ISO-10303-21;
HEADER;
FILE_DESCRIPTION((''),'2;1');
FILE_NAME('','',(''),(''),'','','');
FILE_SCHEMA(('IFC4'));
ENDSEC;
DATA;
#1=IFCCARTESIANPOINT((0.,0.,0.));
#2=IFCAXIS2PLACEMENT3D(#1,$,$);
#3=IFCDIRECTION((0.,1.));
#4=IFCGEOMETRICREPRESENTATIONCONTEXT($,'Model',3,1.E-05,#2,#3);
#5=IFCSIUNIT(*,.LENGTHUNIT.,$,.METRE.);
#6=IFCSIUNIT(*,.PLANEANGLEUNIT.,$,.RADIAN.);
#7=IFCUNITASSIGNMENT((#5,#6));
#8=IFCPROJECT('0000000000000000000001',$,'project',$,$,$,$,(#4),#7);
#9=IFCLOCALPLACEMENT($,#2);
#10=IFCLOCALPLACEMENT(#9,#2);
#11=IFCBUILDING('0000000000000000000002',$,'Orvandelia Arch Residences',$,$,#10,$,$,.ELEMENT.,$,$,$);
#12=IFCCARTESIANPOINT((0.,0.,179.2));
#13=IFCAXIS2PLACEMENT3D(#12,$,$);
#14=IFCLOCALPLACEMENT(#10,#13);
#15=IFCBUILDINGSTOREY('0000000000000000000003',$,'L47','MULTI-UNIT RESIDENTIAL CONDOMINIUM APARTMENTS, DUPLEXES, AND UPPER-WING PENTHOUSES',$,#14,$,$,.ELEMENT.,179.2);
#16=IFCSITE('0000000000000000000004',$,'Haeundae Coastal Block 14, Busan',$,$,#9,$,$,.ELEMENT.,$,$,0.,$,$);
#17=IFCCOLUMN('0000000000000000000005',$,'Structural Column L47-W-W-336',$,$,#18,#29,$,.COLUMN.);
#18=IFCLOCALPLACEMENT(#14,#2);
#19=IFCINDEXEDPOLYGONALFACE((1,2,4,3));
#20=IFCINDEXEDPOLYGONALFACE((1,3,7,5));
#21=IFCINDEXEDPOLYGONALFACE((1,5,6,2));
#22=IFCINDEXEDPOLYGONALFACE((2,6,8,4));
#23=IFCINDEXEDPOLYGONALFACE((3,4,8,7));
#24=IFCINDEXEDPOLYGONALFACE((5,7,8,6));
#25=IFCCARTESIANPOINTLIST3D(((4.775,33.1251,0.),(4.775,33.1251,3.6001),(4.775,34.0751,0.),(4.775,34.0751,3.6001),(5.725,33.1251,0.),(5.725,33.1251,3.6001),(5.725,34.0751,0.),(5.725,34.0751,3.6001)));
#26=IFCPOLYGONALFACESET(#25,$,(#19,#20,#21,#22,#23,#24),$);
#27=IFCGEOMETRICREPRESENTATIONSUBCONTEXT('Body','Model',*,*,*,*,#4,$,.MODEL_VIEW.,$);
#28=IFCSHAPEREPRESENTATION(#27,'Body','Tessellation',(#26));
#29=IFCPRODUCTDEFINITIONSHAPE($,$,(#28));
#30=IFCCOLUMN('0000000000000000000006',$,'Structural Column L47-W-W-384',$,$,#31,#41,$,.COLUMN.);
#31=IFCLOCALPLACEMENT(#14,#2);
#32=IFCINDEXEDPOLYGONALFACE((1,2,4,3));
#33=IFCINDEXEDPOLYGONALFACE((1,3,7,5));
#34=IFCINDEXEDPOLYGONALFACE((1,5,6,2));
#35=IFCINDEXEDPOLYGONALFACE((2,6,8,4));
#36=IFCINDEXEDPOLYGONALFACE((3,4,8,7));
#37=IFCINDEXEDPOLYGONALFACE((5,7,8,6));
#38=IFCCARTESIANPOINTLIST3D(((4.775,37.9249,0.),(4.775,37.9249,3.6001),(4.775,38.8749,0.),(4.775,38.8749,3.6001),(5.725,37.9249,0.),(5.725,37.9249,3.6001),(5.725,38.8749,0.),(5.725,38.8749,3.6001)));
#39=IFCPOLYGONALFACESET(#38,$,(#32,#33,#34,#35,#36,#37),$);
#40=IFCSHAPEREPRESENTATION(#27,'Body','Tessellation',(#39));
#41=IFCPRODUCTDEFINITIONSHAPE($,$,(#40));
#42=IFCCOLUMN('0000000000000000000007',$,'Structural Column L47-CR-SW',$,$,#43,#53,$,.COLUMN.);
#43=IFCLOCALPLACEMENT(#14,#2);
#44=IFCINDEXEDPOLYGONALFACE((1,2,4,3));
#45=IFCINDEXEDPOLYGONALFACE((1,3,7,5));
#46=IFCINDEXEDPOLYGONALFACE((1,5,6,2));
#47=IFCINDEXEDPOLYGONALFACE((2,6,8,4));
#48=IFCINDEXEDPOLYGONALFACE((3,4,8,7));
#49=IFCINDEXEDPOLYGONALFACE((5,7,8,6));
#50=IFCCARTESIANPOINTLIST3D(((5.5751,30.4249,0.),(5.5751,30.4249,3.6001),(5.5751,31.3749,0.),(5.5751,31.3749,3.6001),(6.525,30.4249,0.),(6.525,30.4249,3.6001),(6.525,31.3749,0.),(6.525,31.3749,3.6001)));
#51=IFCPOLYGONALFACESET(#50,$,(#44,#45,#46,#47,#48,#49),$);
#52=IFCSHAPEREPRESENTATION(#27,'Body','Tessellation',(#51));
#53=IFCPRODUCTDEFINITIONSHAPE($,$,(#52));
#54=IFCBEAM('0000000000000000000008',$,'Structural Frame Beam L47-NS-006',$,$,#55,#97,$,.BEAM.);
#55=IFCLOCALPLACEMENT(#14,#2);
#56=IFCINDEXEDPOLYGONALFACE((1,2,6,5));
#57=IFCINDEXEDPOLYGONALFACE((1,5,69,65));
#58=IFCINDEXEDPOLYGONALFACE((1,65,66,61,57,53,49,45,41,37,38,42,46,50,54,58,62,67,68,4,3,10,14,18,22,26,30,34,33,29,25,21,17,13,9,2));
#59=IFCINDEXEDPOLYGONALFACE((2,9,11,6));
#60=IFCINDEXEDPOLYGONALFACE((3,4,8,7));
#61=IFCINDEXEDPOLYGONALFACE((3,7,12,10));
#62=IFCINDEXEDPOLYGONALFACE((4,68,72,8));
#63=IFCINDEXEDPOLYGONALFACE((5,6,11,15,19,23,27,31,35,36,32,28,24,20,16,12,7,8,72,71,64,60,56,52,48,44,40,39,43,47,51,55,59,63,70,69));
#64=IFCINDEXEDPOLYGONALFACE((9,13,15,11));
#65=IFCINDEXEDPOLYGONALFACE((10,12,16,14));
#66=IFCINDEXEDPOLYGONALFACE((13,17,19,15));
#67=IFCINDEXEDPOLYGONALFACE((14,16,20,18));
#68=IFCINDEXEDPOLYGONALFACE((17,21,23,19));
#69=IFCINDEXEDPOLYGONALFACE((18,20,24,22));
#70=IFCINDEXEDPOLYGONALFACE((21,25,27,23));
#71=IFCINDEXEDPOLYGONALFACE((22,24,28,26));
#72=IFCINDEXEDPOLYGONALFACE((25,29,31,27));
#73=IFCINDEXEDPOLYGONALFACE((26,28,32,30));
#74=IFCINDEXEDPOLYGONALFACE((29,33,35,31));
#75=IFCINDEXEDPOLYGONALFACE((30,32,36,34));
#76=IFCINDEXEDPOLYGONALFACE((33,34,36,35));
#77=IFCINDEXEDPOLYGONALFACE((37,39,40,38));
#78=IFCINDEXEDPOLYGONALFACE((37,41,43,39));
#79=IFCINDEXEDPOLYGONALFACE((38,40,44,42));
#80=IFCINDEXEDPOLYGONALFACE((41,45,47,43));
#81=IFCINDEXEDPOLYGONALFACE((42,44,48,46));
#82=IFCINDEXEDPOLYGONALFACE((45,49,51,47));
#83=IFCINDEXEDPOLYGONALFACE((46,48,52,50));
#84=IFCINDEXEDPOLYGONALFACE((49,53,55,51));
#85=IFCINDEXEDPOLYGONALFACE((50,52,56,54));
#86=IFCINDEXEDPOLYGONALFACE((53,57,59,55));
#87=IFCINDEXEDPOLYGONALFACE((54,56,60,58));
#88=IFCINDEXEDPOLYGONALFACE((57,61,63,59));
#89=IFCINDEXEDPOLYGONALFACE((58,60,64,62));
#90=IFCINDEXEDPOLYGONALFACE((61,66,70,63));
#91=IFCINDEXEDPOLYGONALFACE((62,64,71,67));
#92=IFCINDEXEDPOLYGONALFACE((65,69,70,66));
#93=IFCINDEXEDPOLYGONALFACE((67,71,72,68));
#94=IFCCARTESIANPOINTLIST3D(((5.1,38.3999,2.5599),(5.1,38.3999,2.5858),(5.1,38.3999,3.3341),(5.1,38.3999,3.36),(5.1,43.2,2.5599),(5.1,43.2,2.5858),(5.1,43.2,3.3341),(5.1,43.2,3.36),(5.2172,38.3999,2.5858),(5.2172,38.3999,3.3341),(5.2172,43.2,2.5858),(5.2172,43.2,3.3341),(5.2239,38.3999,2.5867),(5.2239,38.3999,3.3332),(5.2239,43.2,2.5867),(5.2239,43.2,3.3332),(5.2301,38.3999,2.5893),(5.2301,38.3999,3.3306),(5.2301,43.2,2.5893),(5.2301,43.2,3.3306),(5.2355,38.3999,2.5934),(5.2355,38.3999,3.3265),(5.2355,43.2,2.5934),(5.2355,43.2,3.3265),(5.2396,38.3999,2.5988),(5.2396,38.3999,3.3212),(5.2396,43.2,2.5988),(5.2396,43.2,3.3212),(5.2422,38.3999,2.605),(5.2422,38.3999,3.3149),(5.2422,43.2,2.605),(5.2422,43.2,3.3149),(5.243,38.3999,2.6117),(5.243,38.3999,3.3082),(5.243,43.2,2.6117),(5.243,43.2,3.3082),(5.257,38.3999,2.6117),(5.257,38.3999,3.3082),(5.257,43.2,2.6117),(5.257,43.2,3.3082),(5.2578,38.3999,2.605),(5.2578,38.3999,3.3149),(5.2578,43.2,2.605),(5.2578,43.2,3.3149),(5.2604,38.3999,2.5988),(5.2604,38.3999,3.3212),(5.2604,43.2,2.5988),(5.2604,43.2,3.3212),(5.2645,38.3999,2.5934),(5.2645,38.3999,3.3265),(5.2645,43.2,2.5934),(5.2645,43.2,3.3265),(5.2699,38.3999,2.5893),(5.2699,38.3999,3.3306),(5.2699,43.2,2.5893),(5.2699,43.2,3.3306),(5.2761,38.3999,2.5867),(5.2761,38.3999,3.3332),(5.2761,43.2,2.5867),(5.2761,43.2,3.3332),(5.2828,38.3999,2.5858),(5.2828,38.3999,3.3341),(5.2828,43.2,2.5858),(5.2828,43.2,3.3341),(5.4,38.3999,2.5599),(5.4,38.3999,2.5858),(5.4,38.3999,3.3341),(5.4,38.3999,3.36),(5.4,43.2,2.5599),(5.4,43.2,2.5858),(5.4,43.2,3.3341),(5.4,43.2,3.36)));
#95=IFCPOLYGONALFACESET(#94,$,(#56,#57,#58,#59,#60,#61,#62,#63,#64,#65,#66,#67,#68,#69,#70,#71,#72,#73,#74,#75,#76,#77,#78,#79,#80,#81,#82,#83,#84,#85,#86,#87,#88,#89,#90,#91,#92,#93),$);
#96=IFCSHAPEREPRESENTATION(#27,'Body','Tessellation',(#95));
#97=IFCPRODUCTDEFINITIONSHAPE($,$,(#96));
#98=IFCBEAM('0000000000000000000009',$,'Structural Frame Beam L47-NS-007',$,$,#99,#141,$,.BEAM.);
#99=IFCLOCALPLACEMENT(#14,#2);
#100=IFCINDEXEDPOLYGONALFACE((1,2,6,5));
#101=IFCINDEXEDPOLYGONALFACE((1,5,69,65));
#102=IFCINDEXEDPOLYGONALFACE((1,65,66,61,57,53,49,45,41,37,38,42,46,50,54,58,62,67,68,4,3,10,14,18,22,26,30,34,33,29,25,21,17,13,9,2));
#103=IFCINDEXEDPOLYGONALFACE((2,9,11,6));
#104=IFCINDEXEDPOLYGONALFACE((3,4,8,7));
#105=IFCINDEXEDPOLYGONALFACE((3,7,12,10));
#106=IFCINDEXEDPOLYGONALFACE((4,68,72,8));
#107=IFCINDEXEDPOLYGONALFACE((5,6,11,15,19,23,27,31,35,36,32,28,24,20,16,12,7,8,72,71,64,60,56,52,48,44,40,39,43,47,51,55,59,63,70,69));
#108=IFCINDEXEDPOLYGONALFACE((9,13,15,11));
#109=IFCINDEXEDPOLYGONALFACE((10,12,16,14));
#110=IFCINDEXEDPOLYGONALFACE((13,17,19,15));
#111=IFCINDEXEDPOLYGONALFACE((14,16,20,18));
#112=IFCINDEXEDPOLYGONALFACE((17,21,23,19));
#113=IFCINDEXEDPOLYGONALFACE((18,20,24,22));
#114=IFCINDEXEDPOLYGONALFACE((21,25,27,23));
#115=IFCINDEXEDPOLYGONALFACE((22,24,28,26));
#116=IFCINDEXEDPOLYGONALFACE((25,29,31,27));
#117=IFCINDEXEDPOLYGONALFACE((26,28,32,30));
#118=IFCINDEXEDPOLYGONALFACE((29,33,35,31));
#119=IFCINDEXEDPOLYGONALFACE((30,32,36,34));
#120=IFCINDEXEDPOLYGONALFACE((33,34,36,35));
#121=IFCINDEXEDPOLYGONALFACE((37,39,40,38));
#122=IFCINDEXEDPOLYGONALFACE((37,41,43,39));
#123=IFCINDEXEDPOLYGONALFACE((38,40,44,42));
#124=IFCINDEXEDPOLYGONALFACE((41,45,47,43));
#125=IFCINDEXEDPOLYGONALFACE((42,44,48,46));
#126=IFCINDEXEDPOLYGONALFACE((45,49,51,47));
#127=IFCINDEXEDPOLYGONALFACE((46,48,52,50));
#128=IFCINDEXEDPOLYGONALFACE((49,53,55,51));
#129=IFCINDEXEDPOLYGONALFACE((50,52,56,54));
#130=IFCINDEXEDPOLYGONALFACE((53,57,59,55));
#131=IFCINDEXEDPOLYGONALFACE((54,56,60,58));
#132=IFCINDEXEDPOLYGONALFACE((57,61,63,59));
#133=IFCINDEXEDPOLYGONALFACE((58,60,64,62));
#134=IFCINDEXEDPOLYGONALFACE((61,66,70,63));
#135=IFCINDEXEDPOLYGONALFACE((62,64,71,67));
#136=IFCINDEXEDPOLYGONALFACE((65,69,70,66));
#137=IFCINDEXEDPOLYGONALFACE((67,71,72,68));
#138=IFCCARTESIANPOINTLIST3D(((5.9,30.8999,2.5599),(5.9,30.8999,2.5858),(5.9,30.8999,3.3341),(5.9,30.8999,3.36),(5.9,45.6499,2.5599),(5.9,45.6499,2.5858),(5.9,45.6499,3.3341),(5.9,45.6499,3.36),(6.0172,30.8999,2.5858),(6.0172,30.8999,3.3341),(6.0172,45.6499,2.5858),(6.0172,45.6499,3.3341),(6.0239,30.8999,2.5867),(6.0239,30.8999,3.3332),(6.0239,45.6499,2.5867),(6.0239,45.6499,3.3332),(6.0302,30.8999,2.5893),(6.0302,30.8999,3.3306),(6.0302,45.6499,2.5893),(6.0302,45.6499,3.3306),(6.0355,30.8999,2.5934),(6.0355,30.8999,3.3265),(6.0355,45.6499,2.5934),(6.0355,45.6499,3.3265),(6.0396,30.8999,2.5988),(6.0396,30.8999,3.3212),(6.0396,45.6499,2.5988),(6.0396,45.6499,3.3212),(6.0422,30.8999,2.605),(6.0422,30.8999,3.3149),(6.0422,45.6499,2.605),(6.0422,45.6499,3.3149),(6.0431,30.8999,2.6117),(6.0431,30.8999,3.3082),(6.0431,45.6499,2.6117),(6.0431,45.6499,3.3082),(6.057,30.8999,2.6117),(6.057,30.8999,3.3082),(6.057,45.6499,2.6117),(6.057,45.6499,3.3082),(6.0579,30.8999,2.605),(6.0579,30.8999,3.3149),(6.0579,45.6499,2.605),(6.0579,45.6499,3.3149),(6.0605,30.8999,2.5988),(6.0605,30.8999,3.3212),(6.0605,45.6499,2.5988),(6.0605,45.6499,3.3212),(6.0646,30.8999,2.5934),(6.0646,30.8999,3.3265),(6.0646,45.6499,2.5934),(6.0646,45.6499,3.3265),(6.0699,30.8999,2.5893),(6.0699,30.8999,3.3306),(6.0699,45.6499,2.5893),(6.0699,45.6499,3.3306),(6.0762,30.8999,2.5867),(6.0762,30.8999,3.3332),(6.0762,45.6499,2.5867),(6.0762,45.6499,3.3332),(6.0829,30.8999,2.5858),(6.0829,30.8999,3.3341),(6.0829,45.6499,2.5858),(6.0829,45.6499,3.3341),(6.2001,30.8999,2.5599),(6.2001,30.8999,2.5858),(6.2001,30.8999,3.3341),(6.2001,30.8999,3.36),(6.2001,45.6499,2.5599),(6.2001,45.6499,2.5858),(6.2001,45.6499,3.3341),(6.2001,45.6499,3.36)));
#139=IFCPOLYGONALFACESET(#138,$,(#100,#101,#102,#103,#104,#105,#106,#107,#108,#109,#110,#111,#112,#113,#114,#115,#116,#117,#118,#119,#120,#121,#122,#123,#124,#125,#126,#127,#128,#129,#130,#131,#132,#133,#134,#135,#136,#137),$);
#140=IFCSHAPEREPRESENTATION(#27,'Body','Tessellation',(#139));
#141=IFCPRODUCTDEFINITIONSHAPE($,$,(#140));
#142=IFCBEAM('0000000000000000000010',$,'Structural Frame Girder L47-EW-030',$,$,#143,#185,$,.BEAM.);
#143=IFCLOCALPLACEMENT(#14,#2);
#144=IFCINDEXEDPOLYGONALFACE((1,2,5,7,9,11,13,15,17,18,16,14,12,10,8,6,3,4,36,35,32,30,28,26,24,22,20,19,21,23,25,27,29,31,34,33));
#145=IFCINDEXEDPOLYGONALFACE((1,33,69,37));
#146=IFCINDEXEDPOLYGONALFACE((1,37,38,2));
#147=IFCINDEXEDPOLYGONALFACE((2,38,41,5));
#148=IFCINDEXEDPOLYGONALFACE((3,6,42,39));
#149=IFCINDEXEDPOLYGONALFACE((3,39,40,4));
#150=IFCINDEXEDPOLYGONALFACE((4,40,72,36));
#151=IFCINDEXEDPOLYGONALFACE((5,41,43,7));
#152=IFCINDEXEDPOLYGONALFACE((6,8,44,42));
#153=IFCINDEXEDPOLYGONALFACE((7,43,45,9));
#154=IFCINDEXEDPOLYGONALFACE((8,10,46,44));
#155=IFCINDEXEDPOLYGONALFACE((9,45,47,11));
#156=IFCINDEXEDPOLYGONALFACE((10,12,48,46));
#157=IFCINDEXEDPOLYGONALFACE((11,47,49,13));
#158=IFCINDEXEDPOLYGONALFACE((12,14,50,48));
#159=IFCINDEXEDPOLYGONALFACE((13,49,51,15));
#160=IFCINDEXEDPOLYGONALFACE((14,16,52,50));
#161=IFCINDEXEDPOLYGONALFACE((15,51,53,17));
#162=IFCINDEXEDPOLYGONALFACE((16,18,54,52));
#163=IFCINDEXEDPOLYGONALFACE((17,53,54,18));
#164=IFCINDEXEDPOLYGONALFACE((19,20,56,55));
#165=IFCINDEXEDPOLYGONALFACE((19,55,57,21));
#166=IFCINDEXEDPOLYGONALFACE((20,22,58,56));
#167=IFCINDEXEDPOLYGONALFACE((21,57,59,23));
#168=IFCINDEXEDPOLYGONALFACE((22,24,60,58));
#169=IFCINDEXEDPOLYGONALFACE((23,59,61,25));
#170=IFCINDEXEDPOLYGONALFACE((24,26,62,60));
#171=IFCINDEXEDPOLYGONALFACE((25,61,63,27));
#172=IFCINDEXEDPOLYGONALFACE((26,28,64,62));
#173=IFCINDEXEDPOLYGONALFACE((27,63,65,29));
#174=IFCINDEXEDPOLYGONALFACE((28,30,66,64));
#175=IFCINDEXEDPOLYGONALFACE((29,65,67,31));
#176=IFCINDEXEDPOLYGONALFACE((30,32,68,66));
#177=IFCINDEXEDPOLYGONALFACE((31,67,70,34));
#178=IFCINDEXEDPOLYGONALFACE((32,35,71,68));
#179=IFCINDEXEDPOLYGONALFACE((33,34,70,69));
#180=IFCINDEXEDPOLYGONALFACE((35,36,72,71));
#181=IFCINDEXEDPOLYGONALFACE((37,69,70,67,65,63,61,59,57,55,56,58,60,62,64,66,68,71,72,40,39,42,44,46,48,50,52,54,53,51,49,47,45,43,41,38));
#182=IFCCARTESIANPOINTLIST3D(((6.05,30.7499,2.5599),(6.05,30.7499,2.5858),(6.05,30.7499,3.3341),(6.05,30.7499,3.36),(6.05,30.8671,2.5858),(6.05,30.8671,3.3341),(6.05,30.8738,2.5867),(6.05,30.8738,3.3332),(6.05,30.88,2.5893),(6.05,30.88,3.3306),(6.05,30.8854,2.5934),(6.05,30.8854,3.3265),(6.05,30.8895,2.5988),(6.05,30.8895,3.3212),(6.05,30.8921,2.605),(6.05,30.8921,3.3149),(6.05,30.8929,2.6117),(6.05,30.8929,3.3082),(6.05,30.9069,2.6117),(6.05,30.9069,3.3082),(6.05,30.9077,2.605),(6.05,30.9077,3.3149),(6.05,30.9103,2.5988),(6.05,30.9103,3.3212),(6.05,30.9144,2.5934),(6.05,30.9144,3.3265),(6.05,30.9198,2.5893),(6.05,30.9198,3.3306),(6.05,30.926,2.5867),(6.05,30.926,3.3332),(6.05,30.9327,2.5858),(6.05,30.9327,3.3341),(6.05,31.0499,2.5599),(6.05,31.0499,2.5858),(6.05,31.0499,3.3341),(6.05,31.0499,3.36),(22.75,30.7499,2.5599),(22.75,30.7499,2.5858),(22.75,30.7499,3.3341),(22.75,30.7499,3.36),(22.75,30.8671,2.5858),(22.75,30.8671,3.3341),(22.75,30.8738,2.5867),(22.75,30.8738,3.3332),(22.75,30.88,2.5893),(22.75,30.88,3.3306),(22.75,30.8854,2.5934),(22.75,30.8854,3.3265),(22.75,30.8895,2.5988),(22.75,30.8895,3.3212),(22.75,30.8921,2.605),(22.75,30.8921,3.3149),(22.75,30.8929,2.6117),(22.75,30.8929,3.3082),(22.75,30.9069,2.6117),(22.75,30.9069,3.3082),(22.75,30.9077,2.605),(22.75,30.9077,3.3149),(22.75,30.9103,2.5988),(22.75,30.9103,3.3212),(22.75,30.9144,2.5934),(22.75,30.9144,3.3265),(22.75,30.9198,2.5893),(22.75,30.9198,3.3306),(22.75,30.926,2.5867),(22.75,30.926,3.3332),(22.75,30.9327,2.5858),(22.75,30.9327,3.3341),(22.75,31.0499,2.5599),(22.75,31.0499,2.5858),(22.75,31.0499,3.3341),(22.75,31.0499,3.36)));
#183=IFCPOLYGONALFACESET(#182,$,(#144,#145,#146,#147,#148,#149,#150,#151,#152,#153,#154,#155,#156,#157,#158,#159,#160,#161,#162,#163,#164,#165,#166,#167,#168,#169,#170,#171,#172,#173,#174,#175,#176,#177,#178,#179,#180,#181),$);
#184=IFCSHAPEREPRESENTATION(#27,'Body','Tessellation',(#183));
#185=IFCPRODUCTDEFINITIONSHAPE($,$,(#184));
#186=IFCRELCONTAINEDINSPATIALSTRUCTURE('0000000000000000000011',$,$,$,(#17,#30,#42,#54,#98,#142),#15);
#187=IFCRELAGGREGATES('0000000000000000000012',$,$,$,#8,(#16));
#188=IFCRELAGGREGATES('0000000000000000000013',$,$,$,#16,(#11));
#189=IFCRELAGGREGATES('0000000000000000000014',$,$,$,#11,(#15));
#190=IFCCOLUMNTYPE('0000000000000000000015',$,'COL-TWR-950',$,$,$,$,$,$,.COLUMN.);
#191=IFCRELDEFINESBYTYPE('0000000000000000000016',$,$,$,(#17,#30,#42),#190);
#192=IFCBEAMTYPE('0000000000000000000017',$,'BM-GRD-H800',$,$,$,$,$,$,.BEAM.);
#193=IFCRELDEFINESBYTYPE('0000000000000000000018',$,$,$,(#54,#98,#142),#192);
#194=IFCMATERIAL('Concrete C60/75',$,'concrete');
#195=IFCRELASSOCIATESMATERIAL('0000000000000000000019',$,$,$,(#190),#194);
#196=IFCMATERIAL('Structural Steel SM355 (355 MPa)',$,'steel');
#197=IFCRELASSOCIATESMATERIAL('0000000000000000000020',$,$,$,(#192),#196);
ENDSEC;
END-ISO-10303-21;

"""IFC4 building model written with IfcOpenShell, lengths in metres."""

from ifc_helpers import new_model, si_unit, direction, frame, origin, origin_2d, place, context, subcontext, project, spatial, rectangle, i_section, extrude, material, material_profile, profile_set, type_object, element, save


model = new_model("IFC4")

# Units and contexts
model_context = context("Model", 3, precision=1e-05, world=origin(), true_north=direction((0.0, 1.0)))
body_context = subcontext(model_context, "Body", "Model", "MODEL_VIEW")
ifc_project = project(units=[si_unit("LENGTHUNIT", "METRE"), si_unit("PLANEANGLEUNIT", "RADIAN")], contexts=[model_context])

# Site, building, storey
site_placement = place(None, origin())
site = spatial("IfcSite", under=ifc_project, at=site_placement, Name="Haeundae Coastal Block 14, Busan", CompositionType="ELEMENT", RefElevation=0.0)
building_placement = place(site_placement, origin())
building = spatial("IfcBuilding", under=site, at=building_placement, Name="Orvandelia Arch Residences", CompositionType="ELEMENT")
storey_placement = place(building_placement, frame((0.0, 0.0, 179.2)))
storey = spatial("IfcBuildingStorey", under=building, at=storey_placement, Name="L47", Description="MULTI-UNIT RESIDENTIAL CONDOMINIUM APARTMENTS, DUPLEXES, AND UPPER-WING PENTHOUSES", CompositionType="ELEMENT", Elevation=179.2)

# Columns
ifc_material_1 = material(Name="Concrete C60/75", Category="concrete")
ifc_material_profile_1 = material_profile(ifc_material_1, rectangle(XDim=0.95, YDim=0.95, at=origin_2d()), Name="Concrete C60/75", Category="concrete")
ifc_profile_set_1 = profile_set([ifc_material_profile_1], Name="Concrete C60/75")
column_type = type_object("IfcColumnType", Name="COL-TWR-950", PredefinedType="COLUMN", material=ifc_profile_set_1)
for number, where, z_axis, x_axis, name in (
    (1, (5.25, 33.6001, 0.0), (0.0, 0.0, 1.0), (1.0, 0.0, 0.0), "Structural Column L47-W-W-336"),
    (2, (5.25, 38.3999, 0.0), (0.0, 0.0, 1.0), (1.0, 0.0, 0.0), "Structural Column L47-W-W-384"),
    (3, (6.05, 30.8999, 0.0), (0.0, 0.0, 1.0), (1.0, 0.0, 0.0), "Structural Column L47-CR-SW"),
):
    element("IfcColumn", number, at=place(storey_placement, frame(where, z_axis=z_axis, x_axis=x_axis)), inside=storey, type_object=column_type, Name=name, PredefinedType="COLUMN", context=body_context, shape_type="SweptSolid", body=[
        extrude(rectangle(XDim=0.95, YDim=0.95, at=origin_2d()), origin(), (0.0, 0.0, 1.0), 3.6001),
    ])

# Beams
ifc_material_2 = material(Name="Structural Steel SM355 (355 MPa)", Category="steel")
ifc_material_profile_2 = material_profile(ifc_material_2, i_section(OverallWidth=0.3, OverallDepth=0.8, WebThickness=0.0139, FlangeThickness=0.0259, FilletRadius=0.0259, at=origin_2d()), Name="Structural Steel SM355 (355 MPa)", Category="steel")
ifc_profile_set_2 = profile_set([ifc_material_profile_2], Name="Structural Steel SM355 (355 MPa)")
beam_type_1 = type_object("IfcBeamType", Name="BM-GRD-H800", PredefinedType="BEAM", material=ifc_profile_set_2)
beam_1_placement = place(storey_placement, frame((5.25, 38.3999, 2.96), z_axis=(0.0, 1.0, 0.0), x_axis=(-1.0, 0.0, 0.0)))
element("IfcBeam", 4, at=beam_1_placement, inside=storey, type_object=beam_type_1, Name="Structural Frame Beam L47-NS-006", PredefinedType="BEAM", context=body_context, shape_type="SweptSolid", body=[
    extrude(i_section(OverallWidth=0.3, OverallDepth=0.8, WebThickness=0.0139, FlangeThickness=0.0259, FilletRadius=0.0259, at=origin_2d()), origin(), (0.0, 0.0, 1.0), 4.8),
])
beam_2_placement = place(storey_placement, frame((6.05, 30.8999, 2.96), z_axis=(0.0, 1.0, 0.0), x_axis=(-1.0, 0.0, 0.0)))
element("IfcBeam", 5, at=beam_2_placement, inside=storey, type_object=beam_type_1, Name="Structural Frame Beam L47-NS-007", PredefinedType="BEAM", context=body_context, shape_type="SweptSolid", body=[
    extrude(i_section(OverallWidth=0.3, OverallDepth=0.8, WebThickness=0.0139, FlangeThickness=0.0259, FilletRadius=0.0259, at=origin_2d()), origin(), (0.0, 0.0, 1.0), 14.75),
])
beam_3_placement = place(storey_placement, frame((6.05, 30.8999, 2.96), z_axis=(1.0, 0.0, 0.0), x_axis=(0.0, 1.0, 0.0)))
element("IfcBeam", 6, at=beam_3_placement, inside=storey, type_object=beam_type_1, Name="Structural Frame Girder L47-EW-030", PredefinedType="BEAM", context=body_context, shape_type="SweptSolid", body=[
    extrude(i_section(OverallWidth=0.3, OverallDepth=0.8, WebThickness=0.0139, FlangeThickness=0.0259, FilletRadius=0.0259, at=origin_2d()), origin(), (0.0, 0.0, 1.0), 16.7),
])

save(model, "model.ifc")
